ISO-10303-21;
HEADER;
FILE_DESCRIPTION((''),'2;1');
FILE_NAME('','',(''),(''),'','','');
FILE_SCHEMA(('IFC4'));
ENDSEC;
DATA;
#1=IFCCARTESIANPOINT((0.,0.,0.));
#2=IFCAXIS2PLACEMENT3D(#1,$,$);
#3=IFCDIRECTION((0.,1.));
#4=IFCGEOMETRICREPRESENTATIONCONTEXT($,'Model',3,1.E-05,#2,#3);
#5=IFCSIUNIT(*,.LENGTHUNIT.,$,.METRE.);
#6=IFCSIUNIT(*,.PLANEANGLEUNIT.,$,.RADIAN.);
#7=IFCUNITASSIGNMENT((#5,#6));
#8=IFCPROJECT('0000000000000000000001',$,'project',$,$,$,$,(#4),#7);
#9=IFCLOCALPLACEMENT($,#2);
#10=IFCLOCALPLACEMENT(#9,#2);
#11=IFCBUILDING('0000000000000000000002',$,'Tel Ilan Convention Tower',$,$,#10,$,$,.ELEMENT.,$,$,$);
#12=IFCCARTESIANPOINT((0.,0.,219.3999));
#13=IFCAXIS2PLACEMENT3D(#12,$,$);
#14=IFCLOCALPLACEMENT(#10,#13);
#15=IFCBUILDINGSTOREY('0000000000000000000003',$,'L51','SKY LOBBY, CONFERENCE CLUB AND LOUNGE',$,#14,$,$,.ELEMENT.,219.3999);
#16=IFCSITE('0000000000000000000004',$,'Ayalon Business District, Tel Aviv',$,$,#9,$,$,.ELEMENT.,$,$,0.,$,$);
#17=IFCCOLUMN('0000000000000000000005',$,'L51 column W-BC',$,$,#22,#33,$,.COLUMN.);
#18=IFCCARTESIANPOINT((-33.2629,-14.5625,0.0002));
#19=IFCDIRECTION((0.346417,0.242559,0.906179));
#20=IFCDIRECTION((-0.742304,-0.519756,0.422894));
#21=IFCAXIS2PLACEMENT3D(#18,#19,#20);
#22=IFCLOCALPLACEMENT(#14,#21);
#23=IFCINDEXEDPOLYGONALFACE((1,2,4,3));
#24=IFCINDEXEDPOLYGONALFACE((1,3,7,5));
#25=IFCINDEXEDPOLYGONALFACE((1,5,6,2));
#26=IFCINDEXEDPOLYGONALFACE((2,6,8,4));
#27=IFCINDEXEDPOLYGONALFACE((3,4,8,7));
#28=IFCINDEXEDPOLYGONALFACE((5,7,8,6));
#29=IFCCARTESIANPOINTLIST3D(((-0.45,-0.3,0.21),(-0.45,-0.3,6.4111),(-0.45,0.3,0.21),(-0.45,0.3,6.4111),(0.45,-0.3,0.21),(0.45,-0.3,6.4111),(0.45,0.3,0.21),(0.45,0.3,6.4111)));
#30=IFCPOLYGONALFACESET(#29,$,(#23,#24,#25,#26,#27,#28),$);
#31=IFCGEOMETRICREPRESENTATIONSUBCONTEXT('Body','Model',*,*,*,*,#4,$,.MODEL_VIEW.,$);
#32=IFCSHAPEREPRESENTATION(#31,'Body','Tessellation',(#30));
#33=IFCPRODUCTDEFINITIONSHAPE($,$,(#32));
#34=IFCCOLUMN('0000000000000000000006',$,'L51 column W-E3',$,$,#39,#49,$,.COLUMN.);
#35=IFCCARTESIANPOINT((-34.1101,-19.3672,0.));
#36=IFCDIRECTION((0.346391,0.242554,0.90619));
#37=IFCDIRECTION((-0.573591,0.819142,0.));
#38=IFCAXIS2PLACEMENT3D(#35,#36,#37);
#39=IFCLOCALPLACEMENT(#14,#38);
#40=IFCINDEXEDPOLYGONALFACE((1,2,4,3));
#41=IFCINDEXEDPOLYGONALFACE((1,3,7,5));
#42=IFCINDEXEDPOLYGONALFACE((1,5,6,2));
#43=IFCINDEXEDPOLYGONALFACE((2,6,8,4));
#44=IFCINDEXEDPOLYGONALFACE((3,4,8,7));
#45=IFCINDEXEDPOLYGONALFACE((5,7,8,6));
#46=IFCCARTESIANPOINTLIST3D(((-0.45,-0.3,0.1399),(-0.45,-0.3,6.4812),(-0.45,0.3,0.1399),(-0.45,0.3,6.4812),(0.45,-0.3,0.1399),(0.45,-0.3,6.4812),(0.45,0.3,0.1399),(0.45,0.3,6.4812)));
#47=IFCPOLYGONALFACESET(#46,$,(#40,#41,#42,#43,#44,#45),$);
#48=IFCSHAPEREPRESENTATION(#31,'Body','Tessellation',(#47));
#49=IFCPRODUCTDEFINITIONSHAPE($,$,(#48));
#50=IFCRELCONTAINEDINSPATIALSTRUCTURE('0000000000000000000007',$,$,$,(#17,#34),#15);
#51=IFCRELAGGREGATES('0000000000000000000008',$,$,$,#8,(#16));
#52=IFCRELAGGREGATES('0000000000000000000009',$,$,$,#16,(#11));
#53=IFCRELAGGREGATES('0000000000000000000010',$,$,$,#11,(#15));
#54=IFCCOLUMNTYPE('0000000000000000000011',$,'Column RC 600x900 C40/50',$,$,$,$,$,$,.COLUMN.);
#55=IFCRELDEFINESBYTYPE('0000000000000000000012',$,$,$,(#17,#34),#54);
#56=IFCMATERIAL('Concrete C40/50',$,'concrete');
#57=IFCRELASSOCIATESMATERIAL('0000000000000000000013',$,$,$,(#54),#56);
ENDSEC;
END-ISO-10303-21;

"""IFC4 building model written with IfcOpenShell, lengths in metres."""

from ifc_helpers import new_model, si_unit, direction, frame, origin, origin_2d, place, context, subcontext, project, spatial, rectangle, extrude, clip, halfspace, material, material_profile, profile_set, type_object, element, save


model = new_model("IFC4")

# Units and contexts
model_context = context("Model", 3, precision=1e-05, world=origin(), true_north=direction((0.0, 1.0)))
body_context = subcontext(model_context, "Body", "Model", "MODEL_VIEW")
ifc_project = project(units=[si_unit("LENGTHUNIT", "METRE"), si_unit("PLANEANGLEUNIT", "RADIAN")], contexts=[model_context])

# Site, building, storey
site_placement = place(None, origin())
site = spatial("IfcSite", under=ifc_project, at=site_placement, Name="Ayalon Business District, Tel Aviv", CompositionType="ELEMENT", RefElevation=0.0)
building_placement = place(site_placement, origin())
building = spatial("IfcBuilding", under=site, at=building_placement, Name="Tel Ilan Convention Tower", CompositionType="ELEMENT")
storey_placement = place(building_placement, frame((0.0, 0.0, 219.3999)))
storey = spatial("IfcBuildingStorey", under=building, at=storey_placement, Name="L51", Description="SKY LOBBY, CONFERENCE CLUB AND LOUNGE", CompositionType="ELEMENT", Elevation=219.3999)

# Columns
ifc_material_1 = material(Name="Concrete C40/50", Category="concrete")
ifc_material_profile_1 = material_profile(ifc_material_1, rectangle(XDim=0.8999, YDim=0.6001, at=origin_2d()), Name="RC 600x900")
ifc_profile_set_1 = profile_set([ifc_material_profile_1], Name="Concrete C40/50")
column_type = type_object("IfcColumnType", Name="Column RC 600x900 C40/50", PredefinedType="COLUMN", material=ifc_profile_set_1)
column_1_placement = place(storey_placement, frame((-33.2629, -14.5625, 0.0002), z_axis=(0.346417, 0.242559, 0.906179), x_axis=(-0.742304, -0.519756, 0.422894)))
element("IfcColumn", 1, at=column_1_placement, inside=storey, type_object=column_type, Name="L51 column W-BC", PredefinedType="COLUMN", context=body_context, shape_type="Clipping", body=[
    clip(clip(extrude(rectangle(XDim=0.8999, YDim=0.6001, at=origin_2d()), origin(), (0.0, 0.0, 1.0), 6.6211), halfspace(frame((0.0, 0.0, 0.21), z_axis=(0.0, 0.0, 1.0), x_axis=(1.0, 0.0, 0.0)), True)), halfspace(frame((0.0, 0.0, 6.4111), z_axis=(0.0, 0.0, 1.0), x_axis=(1.0, 0.0, 0.0)), False)),
])
column_2_placement = place(storey_placement, frame((-34.1101, -19.3672, 0.0), z_axis=(0.346391, 0.242554, 0.90619), x_axis=(-0.573591, 0.819142, 0.0)))
element("IfcColumn", 2, at=column_2_placement, inside=storey, type_object=column_type, Name="L51 column W-E3", PredefinedType="COLUMN", context=body_context, shape_type="Clipping", body=[
    clip(clip(extrude(rectangle(XDim=0.8999, YDim=0.6001, at=origin_2d()), origin(), (0.0, 0.0, 1.0), 6.6211), halfspace(frame((0.0, 0.0, 0.1399), z_axis=(0.0, 0.0, 1.0), x_axis=(1.0, 0.0, 0.0)), True)), halfspace(frame((0.0, 0.0, 6.4812), z_axis=(0.0, 0.0, 1.0), x_axis=(1.0, 0.0, 0.0)), False)),
])

save(model, "model.ifc")
